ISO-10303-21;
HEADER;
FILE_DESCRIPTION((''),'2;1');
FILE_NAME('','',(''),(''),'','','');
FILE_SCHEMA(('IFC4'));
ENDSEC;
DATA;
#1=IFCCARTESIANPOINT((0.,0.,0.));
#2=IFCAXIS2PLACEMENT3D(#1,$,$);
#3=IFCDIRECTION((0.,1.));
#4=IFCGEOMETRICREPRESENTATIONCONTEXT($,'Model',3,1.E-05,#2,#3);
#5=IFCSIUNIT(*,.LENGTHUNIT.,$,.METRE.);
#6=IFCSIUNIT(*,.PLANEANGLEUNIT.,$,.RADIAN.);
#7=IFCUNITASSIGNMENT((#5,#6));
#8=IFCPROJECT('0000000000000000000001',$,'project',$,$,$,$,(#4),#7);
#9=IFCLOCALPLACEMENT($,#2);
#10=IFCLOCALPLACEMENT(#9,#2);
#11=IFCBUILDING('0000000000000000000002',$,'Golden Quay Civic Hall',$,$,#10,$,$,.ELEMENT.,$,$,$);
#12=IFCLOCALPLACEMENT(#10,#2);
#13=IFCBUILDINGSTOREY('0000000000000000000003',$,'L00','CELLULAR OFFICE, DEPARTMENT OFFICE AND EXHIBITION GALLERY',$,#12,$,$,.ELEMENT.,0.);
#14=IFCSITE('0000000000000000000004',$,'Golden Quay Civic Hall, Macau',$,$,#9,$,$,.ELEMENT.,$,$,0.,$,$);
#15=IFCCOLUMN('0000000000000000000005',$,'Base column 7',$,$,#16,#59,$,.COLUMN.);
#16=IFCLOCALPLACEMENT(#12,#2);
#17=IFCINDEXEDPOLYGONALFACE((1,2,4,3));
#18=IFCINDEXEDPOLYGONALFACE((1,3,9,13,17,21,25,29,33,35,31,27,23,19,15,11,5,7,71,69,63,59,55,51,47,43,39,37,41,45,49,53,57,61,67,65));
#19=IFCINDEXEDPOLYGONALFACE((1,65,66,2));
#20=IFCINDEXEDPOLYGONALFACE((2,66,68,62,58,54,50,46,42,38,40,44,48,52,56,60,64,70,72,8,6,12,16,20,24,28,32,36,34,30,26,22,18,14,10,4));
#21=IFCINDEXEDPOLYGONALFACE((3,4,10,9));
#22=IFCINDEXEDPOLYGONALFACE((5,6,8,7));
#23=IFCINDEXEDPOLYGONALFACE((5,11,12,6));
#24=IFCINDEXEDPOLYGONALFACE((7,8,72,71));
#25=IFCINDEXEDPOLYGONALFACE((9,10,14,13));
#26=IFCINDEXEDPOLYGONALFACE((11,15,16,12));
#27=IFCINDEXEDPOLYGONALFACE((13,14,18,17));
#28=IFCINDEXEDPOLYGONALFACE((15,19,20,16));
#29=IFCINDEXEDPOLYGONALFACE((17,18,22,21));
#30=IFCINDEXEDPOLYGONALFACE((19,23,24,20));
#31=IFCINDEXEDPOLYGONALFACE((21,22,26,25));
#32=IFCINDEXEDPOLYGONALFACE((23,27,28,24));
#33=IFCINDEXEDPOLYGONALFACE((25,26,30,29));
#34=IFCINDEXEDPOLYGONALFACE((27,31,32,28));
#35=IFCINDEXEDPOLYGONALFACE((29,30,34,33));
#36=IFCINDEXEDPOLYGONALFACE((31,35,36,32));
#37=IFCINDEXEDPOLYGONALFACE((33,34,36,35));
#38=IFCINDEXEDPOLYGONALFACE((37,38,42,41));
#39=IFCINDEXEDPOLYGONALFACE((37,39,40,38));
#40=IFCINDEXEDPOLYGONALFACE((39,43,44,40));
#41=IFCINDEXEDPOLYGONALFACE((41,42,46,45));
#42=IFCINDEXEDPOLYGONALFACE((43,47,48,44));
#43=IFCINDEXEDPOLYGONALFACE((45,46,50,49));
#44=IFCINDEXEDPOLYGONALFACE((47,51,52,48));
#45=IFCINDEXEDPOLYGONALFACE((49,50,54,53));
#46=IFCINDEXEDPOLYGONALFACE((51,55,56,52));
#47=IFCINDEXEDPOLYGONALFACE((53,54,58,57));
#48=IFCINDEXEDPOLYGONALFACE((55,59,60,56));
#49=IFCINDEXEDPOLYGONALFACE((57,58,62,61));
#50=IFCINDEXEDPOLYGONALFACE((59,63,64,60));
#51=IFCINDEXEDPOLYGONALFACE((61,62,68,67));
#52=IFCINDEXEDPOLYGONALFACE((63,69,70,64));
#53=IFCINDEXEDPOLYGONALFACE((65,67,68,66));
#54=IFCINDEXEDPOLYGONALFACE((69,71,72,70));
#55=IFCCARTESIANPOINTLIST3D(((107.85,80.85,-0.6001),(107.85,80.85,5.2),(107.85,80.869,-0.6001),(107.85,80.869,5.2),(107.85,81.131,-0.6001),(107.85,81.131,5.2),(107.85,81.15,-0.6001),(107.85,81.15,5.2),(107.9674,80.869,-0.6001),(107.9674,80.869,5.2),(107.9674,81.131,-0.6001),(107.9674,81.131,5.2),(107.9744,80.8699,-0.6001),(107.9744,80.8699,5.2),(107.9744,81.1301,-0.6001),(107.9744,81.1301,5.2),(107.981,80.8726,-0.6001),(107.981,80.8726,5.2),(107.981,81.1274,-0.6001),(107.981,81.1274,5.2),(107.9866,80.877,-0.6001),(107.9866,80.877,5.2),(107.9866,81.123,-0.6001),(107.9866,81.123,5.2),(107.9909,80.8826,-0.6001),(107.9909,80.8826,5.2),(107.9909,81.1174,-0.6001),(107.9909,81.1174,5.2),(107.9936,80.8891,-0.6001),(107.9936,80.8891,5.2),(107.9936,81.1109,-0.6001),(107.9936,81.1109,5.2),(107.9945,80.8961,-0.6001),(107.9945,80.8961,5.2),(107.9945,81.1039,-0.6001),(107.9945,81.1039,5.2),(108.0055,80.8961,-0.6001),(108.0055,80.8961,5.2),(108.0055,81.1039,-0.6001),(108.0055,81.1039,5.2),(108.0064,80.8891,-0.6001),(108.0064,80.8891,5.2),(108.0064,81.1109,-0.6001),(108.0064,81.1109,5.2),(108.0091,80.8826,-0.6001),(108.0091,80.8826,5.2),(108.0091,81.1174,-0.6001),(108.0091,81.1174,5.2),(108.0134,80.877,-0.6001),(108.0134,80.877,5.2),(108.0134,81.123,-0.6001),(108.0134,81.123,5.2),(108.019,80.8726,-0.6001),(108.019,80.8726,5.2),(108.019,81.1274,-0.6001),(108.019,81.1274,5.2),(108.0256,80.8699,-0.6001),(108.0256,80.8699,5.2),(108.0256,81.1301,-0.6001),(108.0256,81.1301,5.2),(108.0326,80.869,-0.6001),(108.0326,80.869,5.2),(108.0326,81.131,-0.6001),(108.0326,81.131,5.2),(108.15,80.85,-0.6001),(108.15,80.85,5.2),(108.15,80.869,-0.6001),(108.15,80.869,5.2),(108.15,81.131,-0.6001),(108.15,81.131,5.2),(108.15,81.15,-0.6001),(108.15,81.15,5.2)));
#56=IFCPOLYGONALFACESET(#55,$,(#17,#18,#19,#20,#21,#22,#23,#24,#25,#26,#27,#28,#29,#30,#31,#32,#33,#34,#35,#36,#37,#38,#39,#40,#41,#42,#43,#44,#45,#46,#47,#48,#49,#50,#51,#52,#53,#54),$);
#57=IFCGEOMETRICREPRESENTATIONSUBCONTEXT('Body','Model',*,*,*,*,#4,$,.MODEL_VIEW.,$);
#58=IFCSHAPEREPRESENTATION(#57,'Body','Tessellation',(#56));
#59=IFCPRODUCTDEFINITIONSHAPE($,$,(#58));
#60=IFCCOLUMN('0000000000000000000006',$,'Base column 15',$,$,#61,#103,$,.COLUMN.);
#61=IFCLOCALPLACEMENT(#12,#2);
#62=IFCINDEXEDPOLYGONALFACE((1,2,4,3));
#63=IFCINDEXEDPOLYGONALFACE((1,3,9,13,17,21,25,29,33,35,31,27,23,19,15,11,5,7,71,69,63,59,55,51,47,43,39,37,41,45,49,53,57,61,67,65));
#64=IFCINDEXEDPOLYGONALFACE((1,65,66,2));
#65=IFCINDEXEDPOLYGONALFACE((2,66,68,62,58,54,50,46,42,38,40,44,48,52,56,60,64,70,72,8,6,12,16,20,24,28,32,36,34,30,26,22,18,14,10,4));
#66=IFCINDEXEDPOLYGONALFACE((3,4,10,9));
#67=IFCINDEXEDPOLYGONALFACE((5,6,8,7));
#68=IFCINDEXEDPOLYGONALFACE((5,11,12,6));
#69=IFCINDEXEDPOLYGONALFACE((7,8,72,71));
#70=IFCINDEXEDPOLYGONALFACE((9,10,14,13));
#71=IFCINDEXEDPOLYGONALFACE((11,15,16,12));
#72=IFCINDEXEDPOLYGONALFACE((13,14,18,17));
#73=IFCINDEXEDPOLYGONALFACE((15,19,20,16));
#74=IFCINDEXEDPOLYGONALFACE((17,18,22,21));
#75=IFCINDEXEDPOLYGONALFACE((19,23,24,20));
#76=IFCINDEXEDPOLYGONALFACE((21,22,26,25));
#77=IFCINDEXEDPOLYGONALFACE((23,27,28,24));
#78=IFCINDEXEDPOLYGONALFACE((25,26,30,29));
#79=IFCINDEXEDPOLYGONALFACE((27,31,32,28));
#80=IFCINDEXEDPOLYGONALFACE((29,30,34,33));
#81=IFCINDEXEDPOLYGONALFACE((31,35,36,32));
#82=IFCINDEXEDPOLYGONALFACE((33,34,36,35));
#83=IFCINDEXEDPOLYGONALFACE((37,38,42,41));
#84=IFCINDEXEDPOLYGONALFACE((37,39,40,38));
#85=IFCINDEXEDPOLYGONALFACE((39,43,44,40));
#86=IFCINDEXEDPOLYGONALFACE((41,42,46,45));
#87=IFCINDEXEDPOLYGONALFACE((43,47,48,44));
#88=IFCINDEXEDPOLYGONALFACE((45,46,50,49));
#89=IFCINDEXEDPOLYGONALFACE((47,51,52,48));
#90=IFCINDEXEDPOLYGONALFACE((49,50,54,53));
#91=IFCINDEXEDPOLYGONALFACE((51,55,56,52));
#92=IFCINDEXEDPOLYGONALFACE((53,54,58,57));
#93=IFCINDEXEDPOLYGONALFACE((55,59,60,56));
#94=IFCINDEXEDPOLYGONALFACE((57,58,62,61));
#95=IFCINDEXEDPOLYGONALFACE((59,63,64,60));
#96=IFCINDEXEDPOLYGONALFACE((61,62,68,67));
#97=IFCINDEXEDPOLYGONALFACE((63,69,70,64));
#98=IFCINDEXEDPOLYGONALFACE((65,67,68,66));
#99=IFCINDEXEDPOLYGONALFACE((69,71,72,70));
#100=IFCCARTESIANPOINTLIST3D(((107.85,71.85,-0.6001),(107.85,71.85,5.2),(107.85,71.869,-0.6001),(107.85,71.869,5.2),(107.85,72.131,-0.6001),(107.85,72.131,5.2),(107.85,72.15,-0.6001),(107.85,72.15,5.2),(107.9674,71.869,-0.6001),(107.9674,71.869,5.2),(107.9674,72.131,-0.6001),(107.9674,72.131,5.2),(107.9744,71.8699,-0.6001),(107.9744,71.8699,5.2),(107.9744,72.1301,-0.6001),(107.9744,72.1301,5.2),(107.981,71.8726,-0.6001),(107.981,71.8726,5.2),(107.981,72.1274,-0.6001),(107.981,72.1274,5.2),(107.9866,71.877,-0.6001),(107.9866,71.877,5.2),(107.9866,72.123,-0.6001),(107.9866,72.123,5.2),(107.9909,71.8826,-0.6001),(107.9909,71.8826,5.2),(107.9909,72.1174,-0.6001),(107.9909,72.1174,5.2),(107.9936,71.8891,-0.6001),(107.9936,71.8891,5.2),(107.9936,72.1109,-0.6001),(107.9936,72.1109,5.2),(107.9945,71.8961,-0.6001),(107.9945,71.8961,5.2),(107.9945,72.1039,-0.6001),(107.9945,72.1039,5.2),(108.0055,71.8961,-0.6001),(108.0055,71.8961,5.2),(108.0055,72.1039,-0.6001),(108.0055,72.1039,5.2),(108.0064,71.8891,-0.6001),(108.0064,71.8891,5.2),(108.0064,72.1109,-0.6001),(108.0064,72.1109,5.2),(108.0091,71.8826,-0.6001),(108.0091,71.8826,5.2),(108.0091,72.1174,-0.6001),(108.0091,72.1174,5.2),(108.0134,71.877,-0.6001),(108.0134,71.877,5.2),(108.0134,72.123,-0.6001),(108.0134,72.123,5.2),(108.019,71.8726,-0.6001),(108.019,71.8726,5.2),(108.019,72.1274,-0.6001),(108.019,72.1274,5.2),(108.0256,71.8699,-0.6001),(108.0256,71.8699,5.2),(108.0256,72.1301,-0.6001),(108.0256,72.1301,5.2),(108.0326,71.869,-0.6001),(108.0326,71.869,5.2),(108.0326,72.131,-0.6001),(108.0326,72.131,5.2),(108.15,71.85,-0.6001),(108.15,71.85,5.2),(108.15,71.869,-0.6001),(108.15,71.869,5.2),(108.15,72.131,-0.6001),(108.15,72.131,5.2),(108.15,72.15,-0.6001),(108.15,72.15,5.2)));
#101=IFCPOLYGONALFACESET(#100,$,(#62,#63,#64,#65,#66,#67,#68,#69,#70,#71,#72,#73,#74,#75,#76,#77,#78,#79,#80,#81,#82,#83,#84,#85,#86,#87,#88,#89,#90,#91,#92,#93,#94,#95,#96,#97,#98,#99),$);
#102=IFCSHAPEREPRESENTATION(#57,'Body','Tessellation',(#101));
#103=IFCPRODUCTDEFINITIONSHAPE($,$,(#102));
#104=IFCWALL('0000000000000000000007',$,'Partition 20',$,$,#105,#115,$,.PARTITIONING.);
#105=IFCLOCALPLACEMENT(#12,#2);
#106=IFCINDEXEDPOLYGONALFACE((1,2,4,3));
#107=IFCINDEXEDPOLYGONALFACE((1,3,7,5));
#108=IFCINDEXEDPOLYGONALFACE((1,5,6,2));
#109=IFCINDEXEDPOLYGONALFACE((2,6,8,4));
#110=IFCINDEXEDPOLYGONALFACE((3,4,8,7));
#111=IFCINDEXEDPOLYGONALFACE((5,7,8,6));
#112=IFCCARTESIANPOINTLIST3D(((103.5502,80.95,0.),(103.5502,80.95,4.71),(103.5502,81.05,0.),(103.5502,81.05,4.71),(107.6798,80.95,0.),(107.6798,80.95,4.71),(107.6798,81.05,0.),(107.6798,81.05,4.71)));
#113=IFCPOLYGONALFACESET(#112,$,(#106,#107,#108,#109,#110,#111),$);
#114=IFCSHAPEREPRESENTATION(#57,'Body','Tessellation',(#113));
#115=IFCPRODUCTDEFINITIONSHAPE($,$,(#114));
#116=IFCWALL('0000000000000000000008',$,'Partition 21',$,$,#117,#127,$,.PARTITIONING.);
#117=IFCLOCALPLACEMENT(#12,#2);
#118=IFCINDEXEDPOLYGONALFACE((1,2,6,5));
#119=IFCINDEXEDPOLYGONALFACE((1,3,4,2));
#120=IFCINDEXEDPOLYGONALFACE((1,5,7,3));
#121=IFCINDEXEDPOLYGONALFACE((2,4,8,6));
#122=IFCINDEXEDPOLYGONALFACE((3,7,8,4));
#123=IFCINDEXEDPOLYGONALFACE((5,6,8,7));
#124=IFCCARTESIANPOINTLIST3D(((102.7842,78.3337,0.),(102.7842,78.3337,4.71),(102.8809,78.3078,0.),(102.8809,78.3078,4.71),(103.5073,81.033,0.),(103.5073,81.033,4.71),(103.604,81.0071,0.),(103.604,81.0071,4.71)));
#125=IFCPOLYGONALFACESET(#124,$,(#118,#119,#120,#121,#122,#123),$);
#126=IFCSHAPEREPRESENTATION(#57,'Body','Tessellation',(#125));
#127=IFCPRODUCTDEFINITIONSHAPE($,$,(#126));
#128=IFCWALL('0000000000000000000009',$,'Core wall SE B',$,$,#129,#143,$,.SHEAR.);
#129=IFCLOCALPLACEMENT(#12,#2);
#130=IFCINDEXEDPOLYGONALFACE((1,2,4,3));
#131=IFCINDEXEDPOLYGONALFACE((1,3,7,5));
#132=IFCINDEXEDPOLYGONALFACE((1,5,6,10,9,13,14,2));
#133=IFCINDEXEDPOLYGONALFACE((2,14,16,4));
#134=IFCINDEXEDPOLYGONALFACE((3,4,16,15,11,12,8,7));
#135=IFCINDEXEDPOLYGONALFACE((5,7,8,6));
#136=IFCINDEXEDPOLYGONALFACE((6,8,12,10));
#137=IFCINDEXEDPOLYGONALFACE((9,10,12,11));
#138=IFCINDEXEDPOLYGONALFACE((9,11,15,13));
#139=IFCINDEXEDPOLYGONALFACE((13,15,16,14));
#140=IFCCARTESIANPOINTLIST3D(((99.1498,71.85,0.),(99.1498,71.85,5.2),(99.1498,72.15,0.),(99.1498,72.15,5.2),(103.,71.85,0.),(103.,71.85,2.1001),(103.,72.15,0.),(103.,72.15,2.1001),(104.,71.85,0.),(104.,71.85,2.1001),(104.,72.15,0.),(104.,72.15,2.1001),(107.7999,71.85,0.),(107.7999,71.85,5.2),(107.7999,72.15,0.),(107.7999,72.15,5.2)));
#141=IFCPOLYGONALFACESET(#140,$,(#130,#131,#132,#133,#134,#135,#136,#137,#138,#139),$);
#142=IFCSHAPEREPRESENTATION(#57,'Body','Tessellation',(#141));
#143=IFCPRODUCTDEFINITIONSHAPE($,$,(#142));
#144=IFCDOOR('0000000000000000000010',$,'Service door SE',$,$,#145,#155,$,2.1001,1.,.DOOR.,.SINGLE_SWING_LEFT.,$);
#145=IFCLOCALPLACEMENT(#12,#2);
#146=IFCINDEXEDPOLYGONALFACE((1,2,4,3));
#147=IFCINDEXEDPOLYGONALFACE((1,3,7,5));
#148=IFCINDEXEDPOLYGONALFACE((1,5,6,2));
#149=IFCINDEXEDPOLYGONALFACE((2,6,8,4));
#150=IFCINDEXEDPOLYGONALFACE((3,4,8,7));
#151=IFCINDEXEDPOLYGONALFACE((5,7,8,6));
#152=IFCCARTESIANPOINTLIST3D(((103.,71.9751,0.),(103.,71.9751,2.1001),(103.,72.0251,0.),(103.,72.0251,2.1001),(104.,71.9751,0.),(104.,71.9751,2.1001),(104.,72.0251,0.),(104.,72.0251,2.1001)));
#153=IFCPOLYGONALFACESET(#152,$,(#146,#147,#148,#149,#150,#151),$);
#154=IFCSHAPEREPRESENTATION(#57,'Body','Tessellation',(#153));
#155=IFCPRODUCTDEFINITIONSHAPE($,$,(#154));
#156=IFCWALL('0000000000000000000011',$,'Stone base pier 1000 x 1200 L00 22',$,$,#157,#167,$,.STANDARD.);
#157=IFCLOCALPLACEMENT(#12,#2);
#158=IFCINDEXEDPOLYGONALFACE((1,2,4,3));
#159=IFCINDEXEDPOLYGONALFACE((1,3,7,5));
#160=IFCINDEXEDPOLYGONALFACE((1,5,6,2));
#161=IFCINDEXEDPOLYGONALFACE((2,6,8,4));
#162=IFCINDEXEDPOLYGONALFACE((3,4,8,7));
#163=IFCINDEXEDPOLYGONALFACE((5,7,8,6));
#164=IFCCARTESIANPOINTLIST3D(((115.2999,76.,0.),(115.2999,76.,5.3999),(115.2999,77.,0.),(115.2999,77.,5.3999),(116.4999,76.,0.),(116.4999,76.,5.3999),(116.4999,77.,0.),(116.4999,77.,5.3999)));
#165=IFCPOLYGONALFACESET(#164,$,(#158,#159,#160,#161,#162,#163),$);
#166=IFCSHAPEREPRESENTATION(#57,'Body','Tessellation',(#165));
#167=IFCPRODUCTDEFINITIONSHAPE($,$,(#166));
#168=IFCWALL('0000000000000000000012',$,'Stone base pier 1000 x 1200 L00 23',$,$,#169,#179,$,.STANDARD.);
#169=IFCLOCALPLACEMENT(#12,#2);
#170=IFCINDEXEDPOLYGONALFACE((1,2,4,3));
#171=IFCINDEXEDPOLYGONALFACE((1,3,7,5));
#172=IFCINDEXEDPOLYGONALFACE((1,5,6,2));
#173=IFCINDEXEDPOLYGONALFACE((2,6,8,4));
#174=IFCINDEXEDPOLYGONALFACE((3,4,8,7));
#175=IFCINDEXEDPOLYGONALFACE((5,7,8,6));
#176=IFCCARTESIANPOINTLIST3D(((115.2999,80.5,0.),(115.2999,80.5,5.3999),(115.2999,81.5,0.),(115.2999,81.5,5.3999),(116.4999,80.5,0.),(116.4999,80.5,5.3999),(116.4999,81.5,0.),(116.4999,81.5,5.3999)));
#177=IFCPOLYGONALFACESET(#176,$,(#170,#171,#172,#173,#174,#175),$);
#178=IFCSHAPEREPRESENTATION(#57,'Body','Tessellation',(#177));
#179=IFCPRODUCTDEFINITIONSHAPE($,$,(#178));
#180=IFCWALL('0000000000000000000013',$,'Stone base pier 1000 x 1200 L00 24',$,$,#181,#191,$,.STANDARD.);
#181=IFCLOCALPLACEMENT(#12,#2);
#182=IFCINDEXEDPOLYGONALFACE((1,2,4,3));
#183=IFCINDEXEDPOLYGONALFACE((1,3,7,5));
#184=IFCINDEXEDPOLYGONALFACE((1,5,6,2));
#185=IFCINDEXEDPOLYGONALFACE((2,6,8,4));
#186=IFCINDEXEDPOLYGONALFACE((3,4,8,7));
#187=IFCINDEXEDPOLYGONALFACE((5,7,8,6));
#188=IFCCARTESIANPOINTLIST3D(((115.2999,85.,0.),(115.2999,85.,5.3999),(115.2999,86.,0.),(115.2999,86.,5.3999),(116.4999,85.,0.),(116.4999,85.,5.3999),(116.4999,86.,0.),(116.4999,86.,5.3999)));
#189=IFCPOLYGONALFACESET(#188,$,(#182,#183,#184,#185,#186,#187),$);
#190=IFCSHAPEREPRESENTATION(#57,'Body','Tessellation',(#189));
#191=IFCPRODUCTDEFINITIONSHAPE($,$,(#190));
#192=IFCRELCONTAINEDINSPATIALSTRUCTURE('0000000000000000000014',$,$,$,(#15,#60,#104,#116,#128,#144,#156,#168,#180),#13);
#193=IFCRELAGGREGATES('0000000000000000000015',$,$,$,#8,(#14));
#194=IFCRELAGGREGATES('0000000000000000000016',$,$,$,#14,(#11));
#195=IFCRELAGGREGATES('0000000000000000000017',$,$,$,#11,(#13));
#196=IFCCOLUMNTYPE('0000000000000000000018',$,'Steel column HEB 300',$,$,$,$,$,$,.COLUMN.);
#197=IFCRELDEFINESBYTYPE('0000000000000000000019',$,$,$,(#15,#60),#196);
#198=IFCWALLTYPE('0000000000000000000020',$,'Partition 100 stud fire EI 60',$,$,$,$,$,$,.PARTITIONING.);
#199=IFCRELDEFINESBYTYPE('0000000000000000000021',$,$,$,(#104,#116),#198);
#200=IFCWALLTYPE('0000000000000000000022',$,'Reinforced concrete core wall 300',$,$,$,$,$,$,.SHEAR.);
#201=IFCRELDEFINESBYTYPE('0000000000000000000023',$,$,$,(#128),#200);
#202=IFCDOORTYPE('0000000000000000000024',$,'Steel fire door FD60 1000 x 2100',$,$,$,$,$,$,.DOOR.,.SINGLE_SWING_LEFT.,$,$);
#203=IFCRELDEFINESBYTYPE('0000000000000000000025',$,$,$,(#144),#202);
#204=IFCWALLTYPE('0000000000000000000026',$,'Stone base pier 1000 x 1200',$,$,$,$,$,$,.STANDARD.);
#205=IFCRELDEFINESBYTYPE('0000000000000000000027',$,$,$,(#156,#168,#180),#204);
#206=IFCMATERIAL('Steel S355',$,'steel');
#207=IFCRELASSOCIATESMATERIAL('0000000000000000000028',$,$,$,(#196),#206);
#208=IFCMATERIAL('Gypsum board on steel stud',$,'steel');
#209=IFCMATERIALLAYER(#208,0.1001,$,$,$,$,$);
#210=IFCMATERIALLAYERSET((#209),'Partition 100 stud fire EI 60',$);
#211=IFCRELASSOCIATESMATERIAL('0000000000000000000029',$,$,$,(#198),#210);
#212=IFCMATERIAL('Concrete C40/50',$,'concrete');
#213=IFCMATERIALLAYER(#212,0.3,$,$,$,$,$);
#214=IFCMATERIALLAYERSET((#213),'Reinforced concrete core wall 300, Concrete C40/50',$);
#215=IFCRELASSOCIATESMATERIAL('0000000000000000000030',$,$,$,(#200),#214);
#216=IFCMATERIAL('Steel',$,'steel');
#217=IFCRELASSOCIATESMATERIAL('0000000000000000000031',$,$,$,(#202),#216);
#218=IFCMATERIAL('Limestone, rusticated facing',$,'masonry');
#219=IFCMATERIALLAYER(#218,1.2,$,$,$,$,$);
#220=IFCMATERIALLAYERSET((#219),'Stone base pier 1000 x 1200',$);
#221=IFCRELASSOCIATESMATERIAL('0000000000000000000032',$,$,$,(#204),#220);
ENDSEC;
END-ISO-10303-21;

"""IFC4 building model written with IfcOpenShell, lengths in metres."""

from ifc_helpers import new_model, si_unit, direction, frame, frame_2d, origin, origin_2d, place, context, subcontext, project, spatial, rectangle, i_section, extrude, material, layer, layer_set, material_profile, profile_set, type_object, element, fill, save


model = new_model("IFC4")

# Units and contexts
model_context = context("Model", 3, precision=1e-05, world=origin(), true_north=direction((0.0, 1.0)))
body_context = subcontext(model_context, "Body", "Model", "MODEL_VIEW")
ifc_project = project(units=[si_unit("LENGTHUNIT", "METRE"), si_unit("PLANEANGLEUNIT", "RADIAN")], contexts=[model_context])

# Site, building, storey
site_placement = place(None, origin())
site = spatial("IfcSite", under=ifc_project, at=site_placement, Name="Golden Quay Civic Hall, Macau", CompositionType="ELEMENT", RefElevation=0.0)
building_placement = place(site_placement, origin())
building = spatial("IfcBuilding", under=site, at=building_placement, Name="Golden Quay Civic Hall", CompositionType="ELEMENT")
storey_placement = place(building_placement, origin())
storey = spatial("IfcBuildingStorey", under=building, at=storey_placement, Name="L00", Description="CELLULAR OFFICE, DEPARTMENT OFFICE AND EXHIBITION GALLERY", CompositionType="ELEMENT", Elevation=0.0)

# Columns
ifc_material_1 = material(Name="Steel S355", Category="steel")
ifc_material_profile_1 = material_profile(ifc_material_1, i_section(OverallWidth=0.3, OverallDepth=0.3, WebThickness=0.011, FlangeThickness=0.019, FilletRadius=0.0271, at=origin_2d()), Name="HEB 300")
ifc_profile_set_1 = profile_set([ifc_material_profile_1], Name="Steel S355")
column_type = type_object("IfcColumnType", Name="Steel column HEB 300", PredefinedType="COLUMN", material=ifc_profile_set_1)
for number, where, z_axis, x_axis, name in (
    (1, (108.0, 81.0, -0.6001), (0.0, 0.0, 1.0), (1.0, 0.0, 0.0), "Base column 7"),
    (2, (108.0, 72.0, -0.6001), (0.0, 0.0, 1.0), (1.0, 0.0, 0.0), "Base column 15"),
):
    element("IfcColumn", number, at=place(storey_placement, frame(where, z_axis=z_axis, x_axis=x_axis)), inside=storey, type_object=column_type, Name=name, PredefinedType="COLUMN", context=body_context, shape_type="SweptSolid", body=[
        extrude(i_section(OverallWidth=0.3, OverallDepth=0.3, WebThickness=0.011, FlangeThickness=0.019, FilletRadius=0.0271, at=origin_2d()), origin(), (0.0, 0.0, 1.0), 5.8),
    ])

# Walls
ifc_material_2 = material(Name="Gypsum board on steel stud", Category="steel")
ifc_layer_1 = layer(ifc_material_2, 0.1001)
ifc_layer_set_1 = layer_set([ifc_layer_1], Name="Partition 100 stud fire EI 60")
wall_type_1 = type_object("IfcWallType", Name="Partition 100 stud fire EI 60", PredefinedType="PARTITIONING", material=ifc_layer_set_1)
wall_1_placement = place(storey_placement, frame((107.6799, 81.0, 0.0), z_axis=(0.0, 0.0, 1.0), x_axis=(-1.0, 0.0, 0.0)))
element("IfcWall", 3, at=wall_1_placement, inside=storey, type_object=wall_type_1, Name="Partition 20", PredefinedType="PARTITIONING", context=body_context, shape_type="SweptSolid", body=[
    extrude(rectangle(XDim=4.1296, YDim=0.1001, at=frame_2d((2.0649, 0.0))), origin(), (0.0, 0.0, 1.0), 4.71),
])
wall_2_placement = place(storey_placement, frame((103.5557, 81.02, 0.0), z_axis=(0.0, 0.0, 1.0), x_axis=(-0.258783, -0.965936, 0.0)))
element("IfcWall", 4, at=wall_2_placement, inside=storey, type_object=wall_type_1, Name="Partition 21", PredefinedType="PARTITIONING", context=body_context, shape_type="SweptSolid", body=[
    extrude(rectangle(XDim=2.7944, YDim=0.1001, at=frame_2d((1.3972, 0.0))), origin(), (0.0, 0.0, 1.0), 4.71),
])

# Wall, opening, door
ifc_material_3 = material(Name="Concrete C40/50", Category="concrete")
ifc_layer_2 = layer(ifc_material_3, 0.3)
ifc_layer_set_2 = layer_set([ifc_layer_2], Name="Reinforced concrete core wall 300, Concrete C40/50")
wall_type_2 = type_object("IfcWallType", Name="Reinforced concrete core wall 300", PredefinedType="SHEAR", material=ifc_layer_set_2)
wall_3_placement = place(storey_placement, frame((107.8, 72.0, 0.0), z_axis=(0.0, 0.0, 1.0), x_axis=(-1.0, 0.0, 0.0)))
wall_3 = element("IfcWall", 5, at=wall_3_placement, inside=storey, type_object=wall_type_2, Name="Core wall SE B", PredefinedType="SHEAR", context=body_context, shape_type="SweptSolid", body=[
    extrude(rectangle(XDim=8.6501, YDim=0.3, at=frame_2d((4.3252, 0.0))), origin(), (0.0, 0.0, 1.0), 5.2),
])
opening_1_placement = place(wall_3_placement, frame((3.8, 0.0, 0.0)))
opening_1 = element("IfcOpeningElement", 6, at=opening_1_placement, cuts=wall_3, PredefinedType="OPENING", context=body_context, shape_type="SweptSolid", body=[
    extrude(rectangle(XDim=1.0, YDim=2.1001, at=frame_2d((0.5, 1.05))), frame((0.0, 0.1599, 0.0), z_axis=(0.0, -1.0, 0.0), x_axis=(1.0, 0.0, 0.0)), (0.0, 0.0, 1.0), 0.3201),
])
ifc_material_4 = material(Name="Steel", Category="steel")
door_type_1 = type_object("IfcDoorType", Name="Steel fire door FD60 1000 x 2100", OperationType="SINGLE_SWING_LEFT", PredefinedType="DOOR", material=ifc_material_4)
door_1_placement = place(opening_1_placement, origin())
door_1 = element("IfcDoor", 7, at=door_1_placement, inside=storey, type_object=door_type_1, Name="Service door SE", OperationType="SINGLE_SWING_LEFT", OverallHeight=2.1001, OverallWidth=1.0, PredefinedType="DOOR", context=body_context, shape_type="SweptSolid", body=[
    extrude(rectangle(XDim=1.0, YDim=2.1001, at=frame_2d((0.5, 1.05))), frame((0.0, 0.0249, 0.0), z_axis=(0.0, -1.0, 0.0), x_axis=(1.0, 0.0, 0.0)), (0.0, 0.0, 1.0), 0.05),
])
fill(opening_1, door_1)

# Walls
ifc_material_5 = material(Name="Limestone, rusticated facing", Category="masonry")
ifc_layer_3 = layer(ifc_material_5, 1.2)
ifc_layer_set_3 = layer_set([ifc_layer_3], Name="Stone base pier 1000 x 1200")
wall_type_3 = type_object("IfcWallType", Name="Stone base pier 1000 x 1200", PredefinedType="STANDARD", material=ifc_layer_set_3)
for number, where, z_axis, x_axis, name in (
    (8, (115.8999, 76.0, 0.0), (0.0, 0.0, 1.0), (0.0, 1.0, 0.0), "Stone base pier 1000 x 1200 L00 22"),
    (9, (115.8999, 80.5, 0.0), (0.0, 0.0, 1.0), (0.0, 1.0, 0.0), "Stone base pier 1000 x 1200 L00 23"),
    (10, (115.8999, 85.0, 0.0), (0.0, 0.0, 1.0), (0.0, 1.0, 0.0), "Stone base pier 1000 x 1200 L00 24"),
):
    element("IfcWall", number, at=place(storey_placement, frame(where, z_axis=z_axis, x_axis=x_axis)), inside=storey, type_object=wall_type_3, Name=name, PredefinedType="STANDARD", context=body_context, shape_type="SweptSolid", body=[
        extrude(rectangle(XDim=1.0, YDim=1.2, at=frame_2d((0.5, 0.0))), origin(), (0.0, 0.0, 1.0), 5.3999),
    ])

save(model, "model.ifc")
